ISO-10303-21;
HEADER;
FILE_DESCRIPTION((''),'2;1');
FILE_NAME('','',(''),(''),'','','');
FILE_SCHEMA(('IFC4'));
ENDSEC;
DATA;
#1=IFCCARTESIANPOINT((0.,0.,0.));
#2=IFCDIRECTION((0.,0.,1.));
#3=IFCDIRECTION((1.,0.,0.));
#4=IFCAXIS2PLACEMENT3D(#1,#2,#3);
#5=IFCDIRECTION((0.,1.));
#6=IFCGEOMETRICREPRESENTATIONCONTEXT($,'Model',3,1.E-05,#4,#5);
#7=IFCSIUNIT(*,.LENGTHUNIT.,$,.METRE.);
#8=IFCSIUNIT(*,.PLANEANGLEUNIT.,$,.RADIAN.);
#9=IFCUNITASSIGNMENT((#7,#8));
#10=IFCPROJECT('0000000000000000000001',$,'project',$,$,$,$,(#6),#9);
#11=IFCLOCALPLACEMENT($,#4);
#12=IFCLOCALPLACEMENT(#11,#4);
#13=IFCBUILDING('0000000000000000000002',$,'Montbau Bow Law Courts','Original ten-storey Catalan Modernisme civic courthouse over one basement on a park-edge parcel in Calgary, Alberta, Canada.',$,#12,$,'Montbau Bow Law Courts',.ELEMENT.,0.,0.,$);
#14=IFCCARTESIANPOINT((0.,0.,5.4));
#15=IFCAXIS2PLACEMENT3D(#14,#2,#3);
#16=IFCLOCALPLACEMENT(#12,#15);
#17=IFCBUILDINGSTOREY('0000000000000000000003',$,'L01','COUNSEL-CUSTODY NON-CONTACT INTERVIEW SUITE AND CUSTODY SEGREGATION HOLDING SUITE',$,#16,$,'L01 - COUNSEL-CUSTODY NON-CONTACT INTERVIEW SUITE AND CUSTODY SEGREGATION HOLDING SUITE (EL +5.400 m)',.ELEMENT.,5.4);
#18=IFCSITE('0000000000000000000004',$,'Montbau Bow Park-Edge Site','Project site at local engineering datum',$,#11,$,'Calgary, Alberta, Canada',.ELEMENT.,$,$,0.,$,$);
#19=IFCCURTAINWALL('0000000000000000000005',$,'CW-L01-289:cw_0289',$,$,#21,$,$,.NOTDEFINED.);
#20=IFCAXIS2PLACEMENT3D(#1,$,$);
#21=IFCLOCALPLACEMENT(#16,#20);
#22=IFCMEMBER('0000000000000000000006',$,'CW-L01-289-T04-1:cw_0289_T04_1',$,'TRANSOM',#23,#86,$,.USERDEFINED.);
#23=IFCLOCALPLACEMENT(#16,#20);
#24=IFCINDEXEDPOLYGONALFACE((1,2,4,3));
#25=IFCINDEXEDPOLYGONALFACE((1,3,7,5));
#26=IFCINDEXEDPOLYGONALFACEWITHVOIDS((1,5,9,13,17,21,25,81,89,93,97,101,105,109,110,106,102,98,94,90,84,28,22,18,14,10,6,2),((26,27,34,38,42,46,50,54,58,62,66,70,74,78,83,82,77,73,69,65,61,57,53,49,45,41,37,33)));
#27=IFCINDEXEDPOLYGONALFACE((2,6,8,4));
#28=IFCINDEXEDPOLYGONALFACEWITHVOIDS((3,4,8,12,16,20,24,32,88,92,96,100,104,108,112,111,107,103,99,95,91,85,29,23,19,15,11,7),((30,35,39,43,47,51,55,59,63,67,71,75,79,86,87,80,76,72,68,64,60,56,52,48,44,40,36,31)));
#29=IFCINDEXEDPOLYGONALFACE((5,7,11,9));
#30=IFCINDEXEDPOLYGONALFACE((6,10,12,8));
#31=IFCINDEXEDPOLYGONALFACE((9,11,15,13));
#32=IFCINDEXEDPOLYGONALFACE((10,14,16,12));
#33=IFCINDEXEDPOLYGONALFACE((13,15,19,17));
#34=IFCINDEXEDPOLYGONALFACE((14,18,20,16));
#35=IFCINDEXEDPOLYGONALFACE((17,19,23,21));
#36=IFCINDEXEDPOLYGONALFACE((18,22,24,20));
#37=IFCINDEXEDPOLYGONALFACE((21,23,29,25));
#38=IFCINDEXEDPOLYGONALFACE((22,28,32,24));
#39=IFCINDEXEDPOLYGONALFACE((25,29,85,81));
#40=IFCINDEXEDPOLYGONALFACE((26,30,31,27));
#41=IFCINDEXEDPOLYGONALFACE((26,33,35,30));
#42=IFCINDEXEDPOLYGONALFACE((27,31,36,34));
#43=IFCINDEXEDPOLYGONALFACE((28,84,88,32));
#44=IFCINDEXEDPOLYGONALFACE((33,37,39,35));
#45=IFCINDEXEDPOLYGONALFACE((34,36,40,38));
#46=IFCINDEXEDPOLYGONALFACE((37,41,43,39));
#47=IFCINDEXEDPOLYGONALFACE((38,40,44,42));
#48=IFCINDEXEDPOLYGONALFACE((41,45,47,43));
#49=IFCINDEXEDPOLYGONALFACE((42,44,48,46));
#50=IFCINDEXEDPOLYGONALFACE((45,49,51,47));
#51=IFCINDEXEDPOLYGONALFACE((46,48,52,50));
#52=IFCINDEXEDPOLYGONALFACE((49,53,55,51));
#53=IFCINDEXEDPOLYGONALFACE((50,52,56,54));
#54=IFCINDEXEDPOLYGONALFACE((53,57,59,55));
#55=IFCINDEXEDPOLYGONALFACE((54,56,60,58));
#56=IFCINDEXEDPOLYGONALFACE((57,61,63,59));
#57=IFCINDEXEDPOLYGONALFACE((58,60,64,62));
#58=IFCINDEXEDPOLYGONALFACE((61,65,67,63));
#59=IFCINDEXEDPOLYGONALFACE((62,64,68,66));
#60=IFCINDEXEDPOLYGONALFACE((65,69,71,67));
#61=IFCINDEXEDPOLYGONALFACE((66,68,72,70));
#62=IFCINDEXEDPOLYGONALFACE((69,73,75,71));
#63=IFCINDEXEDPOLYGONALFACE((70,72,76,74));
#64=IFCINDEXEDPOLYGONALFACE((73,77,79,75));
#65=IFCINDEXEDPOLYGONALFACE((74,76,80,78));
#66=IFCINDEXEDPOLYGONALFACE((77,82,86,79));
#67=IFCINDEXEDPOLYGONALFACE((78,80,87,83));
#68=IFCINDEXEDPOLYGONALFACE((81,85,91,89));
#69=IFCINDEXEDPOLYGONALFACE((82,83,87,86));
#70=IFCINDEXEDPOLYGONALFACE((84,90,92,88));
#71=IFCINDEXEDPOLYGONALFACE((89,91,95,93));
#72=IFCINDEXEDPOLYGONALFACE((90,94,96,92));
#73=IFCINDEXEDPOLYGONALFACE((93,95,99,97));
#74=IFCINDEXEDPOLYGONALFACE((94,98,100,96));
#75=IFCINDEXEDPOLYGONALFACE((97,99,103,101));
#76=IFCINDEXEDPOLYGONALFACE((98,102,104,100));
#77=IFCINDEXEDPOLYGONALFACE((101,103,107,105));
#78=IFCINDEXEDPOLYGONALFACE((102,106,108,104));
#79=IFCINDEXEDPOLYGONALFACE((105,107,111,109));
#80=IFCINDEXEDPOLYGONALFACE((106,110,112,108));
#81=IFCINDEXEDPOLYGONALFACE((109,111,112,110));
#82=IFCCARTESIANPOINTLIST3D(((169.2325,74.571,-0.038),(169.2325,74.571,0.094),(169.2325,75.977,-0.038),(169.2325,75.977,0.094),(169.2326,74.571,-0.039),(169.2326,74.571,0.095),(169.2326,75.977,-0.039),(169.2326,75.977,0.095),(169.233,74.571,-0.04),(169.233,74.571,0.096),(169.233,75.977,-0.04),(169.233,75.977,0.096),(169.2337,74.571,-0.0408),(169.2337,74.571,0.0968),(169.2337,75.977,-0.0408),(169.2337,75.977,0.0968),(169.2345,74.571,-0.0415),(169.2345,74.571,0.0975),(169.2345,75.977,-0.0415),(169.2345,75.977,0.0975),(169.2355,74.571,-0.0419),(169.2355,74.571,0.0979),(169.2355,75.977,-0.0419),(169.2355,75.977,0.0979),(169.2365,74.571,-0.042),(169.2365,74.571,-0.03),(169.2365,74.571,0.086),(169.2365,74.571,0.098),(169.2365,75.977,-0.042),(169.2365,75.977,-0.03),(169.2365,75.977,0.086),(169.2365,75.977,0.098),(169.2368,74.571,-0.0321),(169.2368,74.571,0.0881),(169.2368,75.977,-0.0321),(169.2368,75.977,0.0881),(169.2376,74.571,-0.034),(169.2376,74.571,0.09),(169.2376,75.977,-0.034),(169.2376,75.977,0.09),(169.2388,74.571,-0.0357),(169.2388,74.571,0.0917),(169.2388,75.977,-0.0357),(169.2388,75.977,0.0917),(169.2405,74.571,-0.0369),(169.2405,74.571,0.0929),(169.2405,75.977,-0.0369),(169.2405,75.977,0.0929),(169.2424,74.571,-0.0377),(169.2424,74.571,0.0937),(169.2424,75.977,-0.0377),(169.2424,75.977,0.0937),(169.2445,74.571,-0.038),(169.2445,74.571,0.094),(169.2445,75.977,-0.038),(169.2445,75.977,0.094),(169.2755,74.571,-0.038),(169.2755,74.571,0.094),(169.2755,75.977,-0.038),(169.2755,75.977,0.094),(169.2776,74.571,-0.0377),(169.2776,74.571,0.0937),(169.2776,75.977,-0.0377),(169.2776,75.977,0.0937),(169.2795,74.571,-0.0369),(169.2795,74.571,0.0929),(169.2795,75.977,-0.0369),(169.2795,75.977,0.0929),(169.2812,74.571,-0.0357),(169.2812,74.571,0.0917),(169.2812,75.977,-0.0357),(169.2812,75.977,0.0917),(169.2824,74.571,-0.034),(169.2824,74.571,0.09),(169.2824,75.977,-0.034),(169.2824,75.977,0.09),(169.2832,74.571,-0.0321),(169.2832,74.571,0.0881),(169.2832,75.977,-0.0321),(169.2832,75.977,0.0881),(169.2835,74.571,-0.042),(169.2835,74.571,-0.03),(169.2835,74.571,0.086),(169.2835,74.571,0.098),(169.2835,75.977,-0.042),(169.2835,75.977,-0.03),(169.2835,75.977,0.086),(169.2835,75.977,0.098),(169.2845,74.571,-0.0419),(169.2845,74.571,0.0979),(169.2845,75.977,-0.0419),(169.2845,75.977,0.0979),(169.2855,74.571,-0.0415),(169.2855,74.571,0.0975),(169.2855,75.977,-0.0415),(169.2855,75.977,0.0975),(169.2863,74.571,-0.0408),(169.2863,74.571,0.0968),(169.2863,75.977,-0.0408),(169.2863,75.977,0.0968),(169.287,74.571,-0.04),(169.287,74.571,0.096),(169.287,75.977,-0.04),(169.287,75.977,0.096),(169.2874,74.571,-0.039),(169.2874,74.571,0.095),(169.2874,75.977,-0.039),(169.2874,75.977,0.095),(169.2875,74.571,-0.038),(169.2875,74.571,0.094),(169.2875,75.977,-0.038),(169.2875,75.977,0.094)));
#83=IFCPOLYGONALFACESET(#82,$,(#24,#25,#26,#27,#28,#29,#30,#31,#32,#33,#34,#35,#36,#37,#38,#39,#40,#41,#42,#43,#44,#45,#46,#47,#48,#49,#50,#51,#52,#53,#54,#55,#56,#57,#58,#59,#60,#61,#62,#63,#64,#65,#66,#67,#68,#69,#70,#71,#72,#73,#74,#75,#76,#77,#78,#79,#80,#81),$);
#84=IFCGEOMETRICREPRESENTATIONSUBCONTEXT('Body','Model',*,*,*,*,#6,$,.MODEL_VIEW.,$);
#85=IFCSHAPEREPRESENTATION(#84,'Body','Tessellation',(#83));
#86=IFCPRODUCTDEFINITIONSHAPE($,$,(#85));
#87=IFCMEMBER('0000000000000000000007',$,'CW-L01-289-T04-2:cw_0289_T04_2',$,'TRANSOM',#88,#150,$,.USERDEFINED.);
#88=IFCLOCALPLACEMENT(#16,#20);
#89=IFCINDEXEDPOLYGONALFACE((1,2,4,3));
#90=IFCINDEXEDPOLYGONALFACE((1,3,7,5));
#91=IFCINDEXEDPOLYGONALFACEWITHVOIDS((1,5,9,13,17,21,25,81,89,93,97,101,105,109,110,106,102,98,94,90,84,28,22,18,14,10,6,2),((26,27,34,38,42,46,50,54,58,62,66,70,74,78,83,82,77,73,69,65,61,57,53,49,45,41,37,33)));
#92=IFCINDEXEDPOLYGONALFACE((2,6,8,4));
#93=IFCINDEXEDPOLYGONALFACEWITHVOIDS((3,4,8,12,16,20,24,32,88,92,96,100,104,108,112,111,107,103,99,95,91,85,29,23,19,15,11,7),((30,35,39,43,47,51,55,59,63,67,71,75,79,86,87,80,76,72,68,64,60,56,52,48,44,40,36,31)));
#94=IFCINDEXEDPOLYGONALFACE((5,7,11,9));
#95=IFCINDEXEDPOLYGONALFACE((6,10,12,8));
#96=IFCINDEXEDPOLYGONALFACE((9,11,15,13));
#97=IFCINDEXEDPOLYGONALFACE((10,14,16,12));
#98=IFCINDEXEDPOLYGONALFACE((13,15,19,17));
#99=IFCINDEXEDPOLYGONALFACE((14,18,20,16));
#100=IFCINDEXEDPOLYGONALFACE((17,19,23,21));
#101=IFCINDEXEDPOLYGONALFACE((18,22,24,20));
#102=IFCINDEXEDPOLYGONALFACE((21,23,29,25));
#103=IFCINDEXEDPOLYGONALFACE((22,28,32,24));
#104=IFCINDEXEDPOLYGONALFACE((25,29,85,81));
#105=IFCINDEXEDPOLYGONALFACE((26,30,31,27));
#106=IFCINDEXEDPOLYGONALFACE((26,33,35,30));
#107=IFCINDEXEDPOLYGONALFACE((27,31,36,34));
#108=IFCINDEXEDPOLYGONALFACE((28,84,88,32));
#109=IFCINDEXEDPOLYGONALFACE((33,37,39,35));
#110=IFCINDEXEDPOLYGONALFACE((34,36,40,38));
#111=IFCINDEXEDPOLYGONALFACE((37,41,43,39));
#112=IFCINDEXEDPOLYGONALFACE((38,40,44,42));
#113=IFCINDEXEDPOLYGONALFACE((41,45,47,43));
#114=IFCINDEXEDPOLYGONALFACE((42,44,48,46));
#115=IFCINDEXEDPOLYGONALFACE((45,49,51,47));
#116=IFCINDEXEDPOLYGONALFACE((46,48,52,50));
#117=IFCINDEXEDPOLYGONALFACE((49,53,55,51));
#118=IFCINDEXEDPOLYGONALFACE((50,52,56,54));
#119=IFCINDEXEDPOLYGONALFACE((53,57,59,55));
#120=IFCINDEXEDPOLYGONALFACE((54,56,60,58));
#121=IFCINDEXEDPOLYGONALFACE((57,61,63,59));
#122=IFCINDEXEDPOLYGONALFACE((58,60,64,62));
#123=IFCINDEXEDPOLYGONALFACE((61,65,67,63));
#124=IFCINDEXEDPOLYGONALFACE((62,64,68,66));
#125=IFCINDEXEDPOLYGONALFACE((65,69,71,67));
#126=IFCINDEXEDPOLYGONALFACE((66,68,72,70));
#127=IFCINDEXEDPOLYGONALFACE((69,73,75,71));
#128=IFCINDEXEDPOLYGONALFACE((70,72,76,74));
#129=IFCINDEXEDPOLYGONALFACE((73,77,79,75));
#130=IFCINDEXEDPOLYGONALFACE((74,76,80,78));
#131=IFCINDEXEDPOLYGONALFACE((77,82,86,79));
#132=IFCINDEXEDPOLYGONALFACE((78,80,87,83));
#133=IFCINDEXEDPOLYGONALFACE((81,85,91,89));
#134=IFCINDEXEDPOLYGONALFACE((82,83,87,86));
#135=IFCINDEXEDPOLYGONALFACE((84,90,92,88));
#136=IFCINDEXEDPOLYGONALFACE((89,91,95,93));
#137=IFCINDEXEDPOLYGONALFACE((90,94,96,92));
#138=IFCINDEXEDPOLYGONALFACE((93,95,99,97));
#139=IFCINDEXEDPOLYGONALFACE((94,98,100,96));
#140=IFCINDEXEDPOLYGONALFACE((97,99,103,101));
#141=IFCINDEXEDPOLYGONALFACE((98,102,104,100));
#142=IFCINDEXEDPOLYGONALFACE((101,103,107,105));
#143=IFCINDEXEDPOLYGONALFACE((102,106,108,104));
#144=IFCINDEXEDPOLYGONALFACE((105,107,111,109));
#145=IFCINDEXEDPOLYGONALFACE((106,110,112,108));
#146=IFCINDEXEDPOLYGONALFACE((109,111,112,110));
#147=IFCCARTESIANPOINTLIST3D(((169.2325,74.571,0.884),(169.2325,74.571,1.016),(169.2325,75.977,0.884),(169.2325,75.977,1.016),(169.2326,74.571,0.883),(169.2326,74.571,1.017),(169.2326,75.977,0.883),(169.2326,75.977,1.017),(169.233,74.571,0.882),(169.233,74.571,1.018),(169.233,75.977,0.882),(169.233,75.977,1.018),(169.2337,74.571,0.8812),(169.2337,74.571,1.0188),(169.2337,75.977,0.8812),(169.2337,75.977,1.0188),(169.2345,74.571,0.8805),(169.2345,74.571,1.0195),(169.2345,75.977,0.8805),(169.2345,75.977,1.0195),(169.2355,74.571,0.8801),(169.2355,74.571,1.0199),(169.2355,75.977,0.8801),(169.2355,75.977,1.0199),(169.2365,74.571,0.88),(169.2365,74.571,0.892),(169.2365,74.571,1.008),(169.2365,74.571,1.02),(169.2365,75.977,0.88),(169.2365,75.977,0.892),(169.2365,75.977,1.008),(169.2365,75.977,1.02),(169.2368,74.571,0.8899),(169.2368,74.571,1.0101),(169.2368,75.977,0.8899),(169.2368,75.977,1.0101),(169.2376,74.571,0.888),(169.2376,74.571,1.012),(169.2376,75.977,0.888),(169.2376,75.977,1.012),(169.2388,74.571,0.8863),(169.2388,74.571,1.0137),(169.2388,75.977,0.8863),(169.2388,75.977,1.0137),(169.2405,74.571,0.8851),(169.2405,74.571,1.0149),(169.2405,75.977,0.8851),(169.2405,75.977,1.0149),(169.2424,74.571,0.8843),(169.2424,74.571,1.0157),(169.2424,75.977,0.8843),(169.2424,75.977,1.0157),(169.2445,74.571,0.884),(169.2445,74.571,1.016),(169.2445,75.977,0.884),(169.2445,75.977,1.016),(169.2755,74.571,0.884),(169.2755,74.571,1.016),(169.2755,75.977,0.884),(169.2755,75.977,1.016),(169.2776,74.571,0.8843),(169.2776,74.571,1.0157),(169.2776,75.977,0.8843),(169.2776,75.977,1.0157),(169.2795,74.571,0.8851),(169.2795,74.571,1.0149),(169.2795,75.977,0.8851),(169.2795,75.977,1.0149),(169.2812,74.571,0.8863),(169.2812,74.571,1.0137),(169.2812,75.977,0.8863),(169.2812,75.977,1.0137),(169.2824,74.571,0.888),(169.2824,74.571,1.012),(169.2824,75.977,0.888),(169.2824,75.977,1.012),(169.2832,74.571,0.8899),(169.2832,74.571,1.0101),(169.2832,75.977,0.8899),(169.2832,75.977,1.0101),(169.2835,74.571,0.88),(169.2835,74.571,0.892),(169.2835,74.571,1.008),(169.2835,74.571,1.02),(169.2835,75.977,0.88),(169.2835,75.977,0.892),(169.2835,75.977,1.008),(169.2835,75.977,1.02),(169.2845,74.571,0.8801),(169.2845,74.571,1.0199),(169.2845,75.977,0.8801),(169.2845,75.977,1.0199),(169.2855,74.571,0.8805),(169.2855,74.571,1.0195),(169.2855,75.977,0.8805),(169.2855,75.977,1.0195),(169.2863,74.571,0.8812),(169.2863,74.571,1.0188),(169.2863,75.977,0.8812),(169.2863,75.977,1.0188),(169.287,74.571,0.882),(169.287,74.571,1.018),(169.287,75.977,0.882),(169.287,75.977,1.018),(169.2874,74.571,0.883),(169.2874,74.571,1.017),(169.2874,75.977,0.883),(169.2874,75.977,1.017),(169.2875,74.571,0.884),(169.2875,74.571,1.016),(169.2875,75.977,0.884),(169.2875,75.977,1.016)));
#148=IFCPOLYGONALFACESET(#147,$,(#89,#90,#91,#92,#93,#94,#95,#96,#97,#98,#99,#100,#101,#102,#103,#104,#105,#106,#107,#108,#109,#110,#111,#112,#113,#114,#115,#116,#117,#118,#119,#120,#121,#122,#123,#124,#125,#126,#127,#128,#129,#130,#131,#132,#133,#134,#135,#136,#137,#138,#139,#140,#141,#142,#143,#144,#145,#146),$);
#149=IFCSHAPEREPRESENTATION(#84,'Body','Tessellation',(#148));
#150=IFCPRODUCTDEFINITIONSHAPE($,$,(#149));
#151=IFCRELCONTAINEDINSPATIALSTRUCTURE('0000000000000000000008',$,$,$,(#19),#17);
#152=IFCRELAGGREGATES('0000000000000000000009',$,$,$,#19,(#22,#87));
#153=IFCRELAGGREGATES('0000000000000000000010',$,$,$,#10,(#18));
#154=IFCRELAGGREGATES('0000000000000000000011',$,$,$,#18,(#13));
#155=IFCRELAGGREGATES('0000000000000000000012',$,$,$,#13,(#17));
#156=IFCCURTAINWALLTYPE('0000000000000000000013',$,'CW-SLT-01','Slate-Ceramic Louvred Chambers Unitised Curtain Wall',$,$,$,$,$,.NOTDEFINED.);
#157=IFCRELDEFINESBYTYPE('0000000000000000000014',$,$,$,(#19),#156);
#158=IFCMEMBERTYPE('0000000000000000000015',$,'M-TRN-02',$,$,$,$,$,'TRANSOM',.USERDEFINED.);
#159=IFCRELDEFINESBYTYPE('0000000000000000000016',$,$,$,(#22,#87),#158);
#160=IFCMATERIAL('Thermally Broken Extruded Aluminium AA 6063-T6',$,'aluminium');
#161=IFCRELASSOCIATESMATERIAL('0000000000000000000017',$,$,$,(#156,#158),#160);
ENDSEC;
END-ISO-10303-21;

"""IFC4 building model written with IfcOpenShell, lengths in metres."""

from ifc_helpers import new_model, si_unit, direction, frame, origin_with_axes, origin_2d_with_axis, place, context, subcontext, project, spatial, hollow_rectangle, extrude, material, material_profile, profile_set, type_object, element, aggregate, save


model = new_model("IFC4")

# Units and contexts
model_context = context("Model", 3, precision=1e-05, world=origin_with_axes(), true_north=direction((0.0, 1.0)))
body_context = subcontext(model_context, "Body", "Model", "MODEL_VIEW")
ifc_project = project(units=[si_unit("LENGTHUNIT", "METRE"), si_unit("PLANEANGLEUNIT", "RADIAN")], contexts=[model_context])

# Site, building, storey
site_placement = place(None, origin_with_axes())
site = spatial("IfcSite", under=ifc_project, at=site_placement, Name="Montbau Bow Park-Edge Site", Description="Project site at local engineering datum", LongName="Calgary, Alberta, Canada", CompositionType="ELEMENT", RefElevation=0.0)
building_placement = place(site_placement, origin_with_axes())
building = spatial("IfcBuilding", under=site, at=building_placement, Name="Montbau Bow Law Courts", Description="Original ten-storey Catalan Modernisme civic courthouse over one basement on a park-edge parcel in Calgary, Alberta, Canada.", LongName="Montbau Bow Law Courts", CompositionType="ELEMENT", ElevationOfRefHeight=0.0, ElevationOfTerrain=0.0)
storey_placement = place(building_placement, frame((0.0, 0.0, 5.4), z_axis=(0.0, 0.0, 1.0), x_axis=(1.0, 0.0, 0.0)))
storey = spatial("IfcBuildingStorey", under=building, at=storey_placement, Name="L01", Description="COUNSEL-CUSTODY NON-CONTACT INTERVIEW SUITE AND CUSTODY SEGREGATION HOLDING SUITE", LongName="L01 - COUNSEL-CUSTODY NON-CONTACT INTERVIEW SUITE AND CUSTODY SEGREGATION HOLDING SUITE (EL +5.400 m)", CompositionType="ELEMENT", Elevation=5.4)

# Curtain wall
ifc_material_1 = material(Name="Thermally Broken Extruded Aluminium AA 6063-T6", Category="aluminium")
curtain_wall_type = type_object("IfcCurtainWallType", Name="CW-SLT-01", Description="Slate-Ceramic Louvred Chambers Unitised Curtain Wall", PredefinedType="NOTDEFINED", material=ifc_material_1)
curtain_wall_1_placement = place(None, frame((169.26, 70.115, 5.4), z_axis=(0.0, 0.0, 1.0), x_axis=(1.0, 0.0, 0.0)))
curtain_wall_1 = element("IfcCurtainWall", 1, at=curtain_wall_1_placement, inside=storey, type_object=curtain_wall_type, Name="CW-L01-289:cw_0289", PredefinedType="NOTDEFINED")

# Members
ifc_material_profile_1 = material_profile(ifc_material_1, hollow_rectangle(XDim=0.055, YDim=0.14, WallThickness=0.004, InnerFilletRadius=0.008, OuterFilletRadius=0.004, at=origin_2d_with_axis()), Name="CWT-140X55", Category="Main", Priority=0)
ifc_profile_set_1 = profile_set([ifc_material_profile_1], Name="Thermally Broken Extruded Aluminium AA 6063-T6")
member_type_1 = type_object("IfcMemberType", Name="M-TRN-02", ElementType="TRANSOM", PredefinedType="USERDEFINED", material=ifc_profile_set_1)
member_1_placement = place(None, frame((169.26, 74.571, 5.428), z_axis=(0.0, 1.0, 0.0), x_axis=(-1.0, 0.0, 0.0)))
member_1 = element("IfcMember", 2, at=member_1_placement, type_object=member_type_1, Name="CW-L01-289-T04-1:cw_0289_T04_1", ObjectType="TRANSOM", PredefinedType="USERDEFINED", context=body_context, shape_type="SweptSolid", body=[
    extrude(hollow_rectangle(XDim=0.055, YDim=0.14, WallThickness=0.004, InnerFilletRadius=0.008, OuterFilletRadius=0.004, at=origin_2d_with_axis()), origin_with_axes(), (0.0, 0.0, 1.0), 1.406),
])
member_2_placement = place(None, frame((169.26, 74.571, 6.35), z_axis=(0.0, 1.0, 0.0), x_axis=(-1.0, 0.0, 0.0)))
member_2 = element("IfcMember", 3, at=member_2_placement, type_object=member_type_1, Name="CW-L01-289-T04-2:cw_0289_T04_2", ObjectType="TRANSOM", PredefinedType="USERDEFINED", context=body_context, shape_type="SweptSolid", body=[
    extrude(hollow_rectangle(XDim=0.055, YDim=0.14, WallThickness=0.004, InnerFilletRadius=0.008, OuterFilletRadius=0.004, at=origin_2d_with_axis()), origin_with_axes(), (0.0, 0.0, 1.0), 1.406),
])

aggregate(curtain_wall_1, [member_1, member_2])

save(model, "model.ifc")
